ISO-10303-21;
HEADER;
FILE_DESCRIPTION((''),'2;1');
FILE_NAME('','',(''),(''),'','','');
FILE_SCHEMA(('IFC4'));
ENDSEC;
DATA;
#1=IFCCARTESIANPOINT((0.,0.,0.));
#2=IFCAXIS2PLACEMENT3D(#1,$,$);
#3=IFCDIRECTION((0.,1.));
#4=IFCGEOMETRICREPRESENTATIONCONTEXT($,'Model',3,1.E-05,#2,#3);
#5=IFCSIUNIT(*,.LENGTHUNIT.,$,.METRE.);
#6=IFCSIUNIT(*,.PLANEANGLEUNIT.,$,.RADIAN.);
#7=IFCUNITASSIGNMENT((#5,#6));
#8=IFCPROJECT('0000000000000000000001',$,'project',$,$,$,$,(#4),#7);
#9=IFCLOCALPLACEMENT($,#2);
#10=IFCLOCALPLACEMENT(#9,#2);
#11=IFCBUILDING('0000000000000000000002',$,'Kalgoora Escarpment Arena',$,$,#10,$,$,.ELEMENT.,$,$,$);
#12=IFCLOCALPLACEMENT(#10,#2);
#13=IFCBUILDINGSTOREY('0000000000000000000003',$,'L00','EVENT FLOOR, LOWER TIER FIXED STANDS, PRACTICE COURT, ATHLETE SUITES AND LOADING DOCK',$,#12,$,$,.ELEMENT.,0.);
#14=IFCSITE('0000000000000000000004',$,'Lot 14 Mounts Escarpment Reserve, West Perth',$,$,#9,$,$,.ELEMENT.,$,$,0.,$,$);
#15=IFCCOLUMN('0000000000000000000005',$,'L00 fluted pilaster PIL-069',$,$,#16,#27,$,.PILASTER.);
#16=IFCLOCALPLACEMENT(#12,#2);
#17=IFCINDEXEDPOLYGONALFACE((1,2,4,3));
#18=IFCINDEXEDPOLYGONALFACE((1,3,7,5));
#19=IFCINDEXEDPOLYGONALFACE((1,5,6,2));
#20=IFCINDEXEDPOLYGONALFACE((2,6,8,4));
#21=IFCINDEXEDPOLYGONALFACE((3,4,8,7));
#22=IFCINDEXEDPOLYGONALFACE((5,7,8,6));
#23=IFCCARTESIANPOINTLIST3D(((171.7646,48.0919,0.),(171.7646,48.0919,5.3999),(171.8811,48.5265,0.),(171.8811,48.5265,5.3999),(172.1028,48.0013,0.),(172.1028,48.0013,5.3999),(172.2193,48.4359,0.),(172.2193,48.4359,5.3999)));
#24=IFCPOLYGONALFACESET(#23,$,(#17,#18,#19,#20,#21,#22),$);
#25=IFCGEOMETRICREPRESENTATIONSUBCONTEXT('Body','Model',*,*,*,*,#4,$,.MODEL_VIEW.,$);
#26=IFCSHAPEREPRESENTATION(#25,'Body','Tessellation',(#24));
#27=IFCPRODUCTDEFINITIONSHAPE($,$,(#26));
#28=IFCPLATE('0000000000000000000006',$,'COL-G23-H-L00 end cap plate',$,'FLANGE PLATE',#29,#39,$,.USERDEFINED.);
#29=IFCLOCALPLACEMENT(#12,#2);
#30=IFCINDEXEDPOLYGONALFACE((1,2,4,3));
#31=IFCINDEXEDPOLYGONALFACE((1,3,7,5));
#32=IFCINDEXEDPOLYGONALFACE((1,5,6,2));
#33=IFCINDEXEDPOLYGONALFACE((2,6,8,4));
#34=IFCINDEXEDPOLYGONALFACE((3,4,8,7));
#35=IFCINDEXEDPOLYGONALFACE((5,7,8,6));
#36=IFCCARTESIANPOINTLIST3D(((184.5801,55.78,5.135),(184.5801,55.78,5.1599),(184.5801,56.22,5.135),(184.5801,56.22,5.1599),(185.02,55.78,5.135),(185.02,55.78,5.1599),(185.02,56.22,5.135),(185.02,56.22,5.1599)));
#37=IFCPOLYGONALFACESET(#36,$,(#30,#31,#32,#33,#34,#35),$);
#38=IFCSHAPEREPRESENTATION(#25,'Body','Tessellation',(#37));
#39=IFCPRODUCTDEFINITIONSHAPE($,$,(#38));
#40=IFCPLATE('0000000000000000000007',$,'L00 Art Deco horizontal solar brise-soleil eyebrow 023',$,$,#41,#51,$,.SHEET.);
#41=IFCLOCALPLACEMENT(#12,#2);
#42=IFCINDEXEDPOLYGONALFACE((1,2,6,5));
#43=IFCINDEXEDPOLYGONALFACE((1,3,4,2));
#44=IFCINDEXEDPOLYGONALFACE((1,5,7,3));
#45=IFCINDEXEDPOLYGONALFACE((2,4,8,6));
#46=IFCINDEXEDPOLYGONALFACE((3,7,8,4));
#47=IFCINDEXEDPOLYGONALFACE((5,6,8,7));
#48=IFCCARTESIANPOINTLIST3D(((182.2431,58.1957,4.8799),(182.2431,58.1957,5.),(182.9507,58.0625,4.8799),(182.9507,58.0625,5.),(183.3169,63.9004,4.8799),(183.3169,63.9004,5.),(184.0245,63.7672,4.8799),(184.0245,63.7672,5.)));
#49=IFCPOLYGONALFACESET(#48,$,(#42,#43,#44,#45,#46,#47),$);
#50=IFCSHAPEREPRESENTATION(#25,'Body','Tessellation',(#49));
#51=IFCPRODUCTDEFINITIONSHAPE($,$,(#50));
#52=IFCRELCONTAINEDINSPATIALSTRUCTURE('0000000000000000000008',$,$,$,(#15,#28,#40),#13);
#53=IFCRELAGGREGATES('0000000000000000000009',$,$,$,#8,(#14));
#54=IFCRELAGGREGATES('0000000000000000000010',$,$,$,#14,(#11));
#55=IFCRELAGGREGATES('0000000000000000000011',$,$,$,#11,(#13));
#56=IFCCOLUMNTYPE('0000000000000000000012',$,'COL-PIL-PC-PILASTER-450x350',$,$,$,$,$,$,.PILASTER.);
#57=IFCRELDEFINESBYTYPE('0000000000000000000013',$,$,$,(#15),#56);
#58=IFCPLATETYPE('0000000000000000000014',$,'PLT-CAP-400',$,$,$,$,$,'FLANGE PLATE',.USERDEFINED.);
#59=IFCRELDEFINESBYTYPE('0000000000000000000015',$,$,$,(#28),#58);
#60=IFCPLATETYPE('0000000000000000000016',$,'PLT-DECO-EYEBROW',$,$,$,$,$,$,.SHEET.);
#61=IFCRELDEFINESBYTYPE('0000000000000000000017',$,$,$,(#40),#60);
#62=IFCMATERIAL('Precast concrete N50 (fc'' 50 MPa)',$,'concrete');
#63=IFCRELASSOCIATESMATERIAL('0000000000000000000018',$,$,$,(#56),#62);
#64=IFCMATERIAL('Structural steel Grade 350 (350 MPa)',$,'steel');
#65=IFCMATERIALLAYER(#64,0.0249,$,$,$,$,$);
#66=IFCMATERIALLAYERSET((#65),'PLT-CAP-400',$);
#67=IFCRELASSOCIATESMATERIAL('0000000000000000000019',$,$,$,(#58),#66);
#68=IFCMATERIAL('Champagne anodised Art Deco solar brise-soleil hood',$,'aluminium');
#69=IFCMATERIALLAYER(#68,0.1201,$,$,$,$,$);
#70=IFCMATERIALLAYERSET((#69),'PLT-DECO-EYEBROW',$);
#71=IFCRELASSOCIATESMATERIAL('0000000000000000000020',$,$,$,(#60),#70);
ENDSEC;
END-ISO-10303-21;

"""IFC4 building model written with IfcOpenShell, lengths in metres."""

from ifc_helpers import new_model, si_unit, direction, frame, origin, origin_2d, place, context, subcontext, project, spatial, rectangle, extrude, material, layer, layer_set, material_profile, profile_set, type_object, element, save


model = new_model("IFC4")

# Units and contexts
model_context = context("Model", 3, precision=1e-05, world=origin(), true_north=direction((0.0, 1.0)))
body_context = subcontext(model_context, "Body", "Model", "MODEL_VIEW")
ifc_project = project(units=[si_unit("LENGTHUNIT", "METRE"), si_unit("PLANEANGLEUNIT", "RADIAN")], contexts=[model_context])

# Site, building, storey
site_placement = place(None, origin())
site = spatial("IfcSite", under=ifc_project, at=site_placement, Name="Lot 14 Mounts Escarpment Reserve, West Perth", CompositionType="ELEMENT", RefElevation=0.0)
building_placement = place(site_placement, origin())
building = spatial("IfcBuilding", under=site, at=building_placement, Name="Kalgoora Escarpment Arena", CompositionType="ELEMENT")
storey_placement = place(building_placement, origin())
storey = spatial("IfcBuildingStorey", under=building, at=storey_placement, Name="L00", Description="EVENT FLOOR, LOWER TIER FIXED STANDS, PRACTICE COURT, ATHLETE SUITES AND LOADING DOCK", CompositionType="ELEMENT", Elevation=0.0)

# Column
ifc_material_1 = material(Name="Precast concrete N50 (fc' 50 MPa)", Category="concrete")
ifc_material_profile_1 = material_profile(ifc_material_1, rectangle(XDim=0.3501, YDim=0.45, at=origin_2d()))
ifc_profile_set_1 = profile_set([ifc_material_profile_1], Name="Precast concrete N50 (fc' 50 MPa)")
column_type_1 = type_object("IfcColumnType", Name="COL-PIL-PC-PILASTER-450x350", PredefinedType="PILASTER", material=ifc_profile_set_1)
column_1_placement = place(storey_placement, frame((171.9919, 48.2639, 0.0), z_axis=(0.0, 0.0, 1.0), x_axis=(0.965926, -0.258819, 0.0)))
element("IfcColumn", 1, at=column_1_placement, inside=storey, type_object=column_type_1, Name="L00 fluted pilaster PIL-069", PredefinedType="PILASTER", context=body_context, shape_type="SweptSolid", body=[
    extrude(rectangle(XDim=0.3501, YDim=0.45, at=origin_2d()), origin(), (0.0, 0.0, 1.0), 5.3999),
])

# Plates
ifc_material_2 = material(Name="Structural steel Grade 350 (350 MPa)", Category="steel")
ifc_layer_1 = layer(ifc_material_2, 0.0249)
ifc_layer_set_1 = layer_set([ifc_layer_1], Name="PLT-CAP-400")
plate_type_1 = type_object("IfcPlateType", Name="PLT-CAP-400", ElementType="FLANGE PLATE", PredefinedType="USERDEFINED", material=ifc_layer_set_1)
plate_1_placement = place(storey_placement, frame((184.8, 56.0, 5.135), z_axis=(0.0, 0.0, 1.0), x_axis=(1.0, 0.0, 0.0)))
element("IfcPlate", 2, at=plate_1_placement, inside=storey, type_object=plate_type_1, Name="COL-G23-H-L00 end cap plate", ObjectType="FLANGE PLATE", PredefinedType="USERDEFINED", context=body_context, shape_type="SweptSolid", body=[
    extrude(rectangle(XDim=0.4399, YDim=0.4399, at=origin_2d()), origin(), (0.0, 0.0, 1.0), 0.0249),
])
ifc_material_3 = material(Name="Champagne anodised Art Deco solar brise-soleil hood", Category="aluminium")
ifc_layer_2 = layer(ifc_material_3, 0.1201)
ifc_layer_set_2 = layer_set([ifc_layer_2], Name="PLT-DECO-EYEBROW")
plate_type_2 = type_object("IfcPlateType", Name="PLT-DECO-EYEBROW", PredefinedType="SHEET", material=ifc_layer_set_2)
plate_2_placement = place(storey_placement, frame((183.1338, 60.9814, 4.8799), z_axis=(0.0, 0.0, 1.0), x_axis=(-0.184981, -0.982742, 0.0)))
element("IfcPlate", 3, at=plate_2_placement, inside=storey, type_object=plate_type_2, Name="L00 Art Deco horizontal solar brise-soleil eyebrow 023", PredefinedType="SHEET", context=body_context, shape_type="SweptSolid", body=[
    extrude(rectangle(XDim=5.8049, YDim=0.72, at=origin_2d()), origin(), (0.0, 0.0, 1.0), 0.1201),
])

save(model, "model.ifc")
